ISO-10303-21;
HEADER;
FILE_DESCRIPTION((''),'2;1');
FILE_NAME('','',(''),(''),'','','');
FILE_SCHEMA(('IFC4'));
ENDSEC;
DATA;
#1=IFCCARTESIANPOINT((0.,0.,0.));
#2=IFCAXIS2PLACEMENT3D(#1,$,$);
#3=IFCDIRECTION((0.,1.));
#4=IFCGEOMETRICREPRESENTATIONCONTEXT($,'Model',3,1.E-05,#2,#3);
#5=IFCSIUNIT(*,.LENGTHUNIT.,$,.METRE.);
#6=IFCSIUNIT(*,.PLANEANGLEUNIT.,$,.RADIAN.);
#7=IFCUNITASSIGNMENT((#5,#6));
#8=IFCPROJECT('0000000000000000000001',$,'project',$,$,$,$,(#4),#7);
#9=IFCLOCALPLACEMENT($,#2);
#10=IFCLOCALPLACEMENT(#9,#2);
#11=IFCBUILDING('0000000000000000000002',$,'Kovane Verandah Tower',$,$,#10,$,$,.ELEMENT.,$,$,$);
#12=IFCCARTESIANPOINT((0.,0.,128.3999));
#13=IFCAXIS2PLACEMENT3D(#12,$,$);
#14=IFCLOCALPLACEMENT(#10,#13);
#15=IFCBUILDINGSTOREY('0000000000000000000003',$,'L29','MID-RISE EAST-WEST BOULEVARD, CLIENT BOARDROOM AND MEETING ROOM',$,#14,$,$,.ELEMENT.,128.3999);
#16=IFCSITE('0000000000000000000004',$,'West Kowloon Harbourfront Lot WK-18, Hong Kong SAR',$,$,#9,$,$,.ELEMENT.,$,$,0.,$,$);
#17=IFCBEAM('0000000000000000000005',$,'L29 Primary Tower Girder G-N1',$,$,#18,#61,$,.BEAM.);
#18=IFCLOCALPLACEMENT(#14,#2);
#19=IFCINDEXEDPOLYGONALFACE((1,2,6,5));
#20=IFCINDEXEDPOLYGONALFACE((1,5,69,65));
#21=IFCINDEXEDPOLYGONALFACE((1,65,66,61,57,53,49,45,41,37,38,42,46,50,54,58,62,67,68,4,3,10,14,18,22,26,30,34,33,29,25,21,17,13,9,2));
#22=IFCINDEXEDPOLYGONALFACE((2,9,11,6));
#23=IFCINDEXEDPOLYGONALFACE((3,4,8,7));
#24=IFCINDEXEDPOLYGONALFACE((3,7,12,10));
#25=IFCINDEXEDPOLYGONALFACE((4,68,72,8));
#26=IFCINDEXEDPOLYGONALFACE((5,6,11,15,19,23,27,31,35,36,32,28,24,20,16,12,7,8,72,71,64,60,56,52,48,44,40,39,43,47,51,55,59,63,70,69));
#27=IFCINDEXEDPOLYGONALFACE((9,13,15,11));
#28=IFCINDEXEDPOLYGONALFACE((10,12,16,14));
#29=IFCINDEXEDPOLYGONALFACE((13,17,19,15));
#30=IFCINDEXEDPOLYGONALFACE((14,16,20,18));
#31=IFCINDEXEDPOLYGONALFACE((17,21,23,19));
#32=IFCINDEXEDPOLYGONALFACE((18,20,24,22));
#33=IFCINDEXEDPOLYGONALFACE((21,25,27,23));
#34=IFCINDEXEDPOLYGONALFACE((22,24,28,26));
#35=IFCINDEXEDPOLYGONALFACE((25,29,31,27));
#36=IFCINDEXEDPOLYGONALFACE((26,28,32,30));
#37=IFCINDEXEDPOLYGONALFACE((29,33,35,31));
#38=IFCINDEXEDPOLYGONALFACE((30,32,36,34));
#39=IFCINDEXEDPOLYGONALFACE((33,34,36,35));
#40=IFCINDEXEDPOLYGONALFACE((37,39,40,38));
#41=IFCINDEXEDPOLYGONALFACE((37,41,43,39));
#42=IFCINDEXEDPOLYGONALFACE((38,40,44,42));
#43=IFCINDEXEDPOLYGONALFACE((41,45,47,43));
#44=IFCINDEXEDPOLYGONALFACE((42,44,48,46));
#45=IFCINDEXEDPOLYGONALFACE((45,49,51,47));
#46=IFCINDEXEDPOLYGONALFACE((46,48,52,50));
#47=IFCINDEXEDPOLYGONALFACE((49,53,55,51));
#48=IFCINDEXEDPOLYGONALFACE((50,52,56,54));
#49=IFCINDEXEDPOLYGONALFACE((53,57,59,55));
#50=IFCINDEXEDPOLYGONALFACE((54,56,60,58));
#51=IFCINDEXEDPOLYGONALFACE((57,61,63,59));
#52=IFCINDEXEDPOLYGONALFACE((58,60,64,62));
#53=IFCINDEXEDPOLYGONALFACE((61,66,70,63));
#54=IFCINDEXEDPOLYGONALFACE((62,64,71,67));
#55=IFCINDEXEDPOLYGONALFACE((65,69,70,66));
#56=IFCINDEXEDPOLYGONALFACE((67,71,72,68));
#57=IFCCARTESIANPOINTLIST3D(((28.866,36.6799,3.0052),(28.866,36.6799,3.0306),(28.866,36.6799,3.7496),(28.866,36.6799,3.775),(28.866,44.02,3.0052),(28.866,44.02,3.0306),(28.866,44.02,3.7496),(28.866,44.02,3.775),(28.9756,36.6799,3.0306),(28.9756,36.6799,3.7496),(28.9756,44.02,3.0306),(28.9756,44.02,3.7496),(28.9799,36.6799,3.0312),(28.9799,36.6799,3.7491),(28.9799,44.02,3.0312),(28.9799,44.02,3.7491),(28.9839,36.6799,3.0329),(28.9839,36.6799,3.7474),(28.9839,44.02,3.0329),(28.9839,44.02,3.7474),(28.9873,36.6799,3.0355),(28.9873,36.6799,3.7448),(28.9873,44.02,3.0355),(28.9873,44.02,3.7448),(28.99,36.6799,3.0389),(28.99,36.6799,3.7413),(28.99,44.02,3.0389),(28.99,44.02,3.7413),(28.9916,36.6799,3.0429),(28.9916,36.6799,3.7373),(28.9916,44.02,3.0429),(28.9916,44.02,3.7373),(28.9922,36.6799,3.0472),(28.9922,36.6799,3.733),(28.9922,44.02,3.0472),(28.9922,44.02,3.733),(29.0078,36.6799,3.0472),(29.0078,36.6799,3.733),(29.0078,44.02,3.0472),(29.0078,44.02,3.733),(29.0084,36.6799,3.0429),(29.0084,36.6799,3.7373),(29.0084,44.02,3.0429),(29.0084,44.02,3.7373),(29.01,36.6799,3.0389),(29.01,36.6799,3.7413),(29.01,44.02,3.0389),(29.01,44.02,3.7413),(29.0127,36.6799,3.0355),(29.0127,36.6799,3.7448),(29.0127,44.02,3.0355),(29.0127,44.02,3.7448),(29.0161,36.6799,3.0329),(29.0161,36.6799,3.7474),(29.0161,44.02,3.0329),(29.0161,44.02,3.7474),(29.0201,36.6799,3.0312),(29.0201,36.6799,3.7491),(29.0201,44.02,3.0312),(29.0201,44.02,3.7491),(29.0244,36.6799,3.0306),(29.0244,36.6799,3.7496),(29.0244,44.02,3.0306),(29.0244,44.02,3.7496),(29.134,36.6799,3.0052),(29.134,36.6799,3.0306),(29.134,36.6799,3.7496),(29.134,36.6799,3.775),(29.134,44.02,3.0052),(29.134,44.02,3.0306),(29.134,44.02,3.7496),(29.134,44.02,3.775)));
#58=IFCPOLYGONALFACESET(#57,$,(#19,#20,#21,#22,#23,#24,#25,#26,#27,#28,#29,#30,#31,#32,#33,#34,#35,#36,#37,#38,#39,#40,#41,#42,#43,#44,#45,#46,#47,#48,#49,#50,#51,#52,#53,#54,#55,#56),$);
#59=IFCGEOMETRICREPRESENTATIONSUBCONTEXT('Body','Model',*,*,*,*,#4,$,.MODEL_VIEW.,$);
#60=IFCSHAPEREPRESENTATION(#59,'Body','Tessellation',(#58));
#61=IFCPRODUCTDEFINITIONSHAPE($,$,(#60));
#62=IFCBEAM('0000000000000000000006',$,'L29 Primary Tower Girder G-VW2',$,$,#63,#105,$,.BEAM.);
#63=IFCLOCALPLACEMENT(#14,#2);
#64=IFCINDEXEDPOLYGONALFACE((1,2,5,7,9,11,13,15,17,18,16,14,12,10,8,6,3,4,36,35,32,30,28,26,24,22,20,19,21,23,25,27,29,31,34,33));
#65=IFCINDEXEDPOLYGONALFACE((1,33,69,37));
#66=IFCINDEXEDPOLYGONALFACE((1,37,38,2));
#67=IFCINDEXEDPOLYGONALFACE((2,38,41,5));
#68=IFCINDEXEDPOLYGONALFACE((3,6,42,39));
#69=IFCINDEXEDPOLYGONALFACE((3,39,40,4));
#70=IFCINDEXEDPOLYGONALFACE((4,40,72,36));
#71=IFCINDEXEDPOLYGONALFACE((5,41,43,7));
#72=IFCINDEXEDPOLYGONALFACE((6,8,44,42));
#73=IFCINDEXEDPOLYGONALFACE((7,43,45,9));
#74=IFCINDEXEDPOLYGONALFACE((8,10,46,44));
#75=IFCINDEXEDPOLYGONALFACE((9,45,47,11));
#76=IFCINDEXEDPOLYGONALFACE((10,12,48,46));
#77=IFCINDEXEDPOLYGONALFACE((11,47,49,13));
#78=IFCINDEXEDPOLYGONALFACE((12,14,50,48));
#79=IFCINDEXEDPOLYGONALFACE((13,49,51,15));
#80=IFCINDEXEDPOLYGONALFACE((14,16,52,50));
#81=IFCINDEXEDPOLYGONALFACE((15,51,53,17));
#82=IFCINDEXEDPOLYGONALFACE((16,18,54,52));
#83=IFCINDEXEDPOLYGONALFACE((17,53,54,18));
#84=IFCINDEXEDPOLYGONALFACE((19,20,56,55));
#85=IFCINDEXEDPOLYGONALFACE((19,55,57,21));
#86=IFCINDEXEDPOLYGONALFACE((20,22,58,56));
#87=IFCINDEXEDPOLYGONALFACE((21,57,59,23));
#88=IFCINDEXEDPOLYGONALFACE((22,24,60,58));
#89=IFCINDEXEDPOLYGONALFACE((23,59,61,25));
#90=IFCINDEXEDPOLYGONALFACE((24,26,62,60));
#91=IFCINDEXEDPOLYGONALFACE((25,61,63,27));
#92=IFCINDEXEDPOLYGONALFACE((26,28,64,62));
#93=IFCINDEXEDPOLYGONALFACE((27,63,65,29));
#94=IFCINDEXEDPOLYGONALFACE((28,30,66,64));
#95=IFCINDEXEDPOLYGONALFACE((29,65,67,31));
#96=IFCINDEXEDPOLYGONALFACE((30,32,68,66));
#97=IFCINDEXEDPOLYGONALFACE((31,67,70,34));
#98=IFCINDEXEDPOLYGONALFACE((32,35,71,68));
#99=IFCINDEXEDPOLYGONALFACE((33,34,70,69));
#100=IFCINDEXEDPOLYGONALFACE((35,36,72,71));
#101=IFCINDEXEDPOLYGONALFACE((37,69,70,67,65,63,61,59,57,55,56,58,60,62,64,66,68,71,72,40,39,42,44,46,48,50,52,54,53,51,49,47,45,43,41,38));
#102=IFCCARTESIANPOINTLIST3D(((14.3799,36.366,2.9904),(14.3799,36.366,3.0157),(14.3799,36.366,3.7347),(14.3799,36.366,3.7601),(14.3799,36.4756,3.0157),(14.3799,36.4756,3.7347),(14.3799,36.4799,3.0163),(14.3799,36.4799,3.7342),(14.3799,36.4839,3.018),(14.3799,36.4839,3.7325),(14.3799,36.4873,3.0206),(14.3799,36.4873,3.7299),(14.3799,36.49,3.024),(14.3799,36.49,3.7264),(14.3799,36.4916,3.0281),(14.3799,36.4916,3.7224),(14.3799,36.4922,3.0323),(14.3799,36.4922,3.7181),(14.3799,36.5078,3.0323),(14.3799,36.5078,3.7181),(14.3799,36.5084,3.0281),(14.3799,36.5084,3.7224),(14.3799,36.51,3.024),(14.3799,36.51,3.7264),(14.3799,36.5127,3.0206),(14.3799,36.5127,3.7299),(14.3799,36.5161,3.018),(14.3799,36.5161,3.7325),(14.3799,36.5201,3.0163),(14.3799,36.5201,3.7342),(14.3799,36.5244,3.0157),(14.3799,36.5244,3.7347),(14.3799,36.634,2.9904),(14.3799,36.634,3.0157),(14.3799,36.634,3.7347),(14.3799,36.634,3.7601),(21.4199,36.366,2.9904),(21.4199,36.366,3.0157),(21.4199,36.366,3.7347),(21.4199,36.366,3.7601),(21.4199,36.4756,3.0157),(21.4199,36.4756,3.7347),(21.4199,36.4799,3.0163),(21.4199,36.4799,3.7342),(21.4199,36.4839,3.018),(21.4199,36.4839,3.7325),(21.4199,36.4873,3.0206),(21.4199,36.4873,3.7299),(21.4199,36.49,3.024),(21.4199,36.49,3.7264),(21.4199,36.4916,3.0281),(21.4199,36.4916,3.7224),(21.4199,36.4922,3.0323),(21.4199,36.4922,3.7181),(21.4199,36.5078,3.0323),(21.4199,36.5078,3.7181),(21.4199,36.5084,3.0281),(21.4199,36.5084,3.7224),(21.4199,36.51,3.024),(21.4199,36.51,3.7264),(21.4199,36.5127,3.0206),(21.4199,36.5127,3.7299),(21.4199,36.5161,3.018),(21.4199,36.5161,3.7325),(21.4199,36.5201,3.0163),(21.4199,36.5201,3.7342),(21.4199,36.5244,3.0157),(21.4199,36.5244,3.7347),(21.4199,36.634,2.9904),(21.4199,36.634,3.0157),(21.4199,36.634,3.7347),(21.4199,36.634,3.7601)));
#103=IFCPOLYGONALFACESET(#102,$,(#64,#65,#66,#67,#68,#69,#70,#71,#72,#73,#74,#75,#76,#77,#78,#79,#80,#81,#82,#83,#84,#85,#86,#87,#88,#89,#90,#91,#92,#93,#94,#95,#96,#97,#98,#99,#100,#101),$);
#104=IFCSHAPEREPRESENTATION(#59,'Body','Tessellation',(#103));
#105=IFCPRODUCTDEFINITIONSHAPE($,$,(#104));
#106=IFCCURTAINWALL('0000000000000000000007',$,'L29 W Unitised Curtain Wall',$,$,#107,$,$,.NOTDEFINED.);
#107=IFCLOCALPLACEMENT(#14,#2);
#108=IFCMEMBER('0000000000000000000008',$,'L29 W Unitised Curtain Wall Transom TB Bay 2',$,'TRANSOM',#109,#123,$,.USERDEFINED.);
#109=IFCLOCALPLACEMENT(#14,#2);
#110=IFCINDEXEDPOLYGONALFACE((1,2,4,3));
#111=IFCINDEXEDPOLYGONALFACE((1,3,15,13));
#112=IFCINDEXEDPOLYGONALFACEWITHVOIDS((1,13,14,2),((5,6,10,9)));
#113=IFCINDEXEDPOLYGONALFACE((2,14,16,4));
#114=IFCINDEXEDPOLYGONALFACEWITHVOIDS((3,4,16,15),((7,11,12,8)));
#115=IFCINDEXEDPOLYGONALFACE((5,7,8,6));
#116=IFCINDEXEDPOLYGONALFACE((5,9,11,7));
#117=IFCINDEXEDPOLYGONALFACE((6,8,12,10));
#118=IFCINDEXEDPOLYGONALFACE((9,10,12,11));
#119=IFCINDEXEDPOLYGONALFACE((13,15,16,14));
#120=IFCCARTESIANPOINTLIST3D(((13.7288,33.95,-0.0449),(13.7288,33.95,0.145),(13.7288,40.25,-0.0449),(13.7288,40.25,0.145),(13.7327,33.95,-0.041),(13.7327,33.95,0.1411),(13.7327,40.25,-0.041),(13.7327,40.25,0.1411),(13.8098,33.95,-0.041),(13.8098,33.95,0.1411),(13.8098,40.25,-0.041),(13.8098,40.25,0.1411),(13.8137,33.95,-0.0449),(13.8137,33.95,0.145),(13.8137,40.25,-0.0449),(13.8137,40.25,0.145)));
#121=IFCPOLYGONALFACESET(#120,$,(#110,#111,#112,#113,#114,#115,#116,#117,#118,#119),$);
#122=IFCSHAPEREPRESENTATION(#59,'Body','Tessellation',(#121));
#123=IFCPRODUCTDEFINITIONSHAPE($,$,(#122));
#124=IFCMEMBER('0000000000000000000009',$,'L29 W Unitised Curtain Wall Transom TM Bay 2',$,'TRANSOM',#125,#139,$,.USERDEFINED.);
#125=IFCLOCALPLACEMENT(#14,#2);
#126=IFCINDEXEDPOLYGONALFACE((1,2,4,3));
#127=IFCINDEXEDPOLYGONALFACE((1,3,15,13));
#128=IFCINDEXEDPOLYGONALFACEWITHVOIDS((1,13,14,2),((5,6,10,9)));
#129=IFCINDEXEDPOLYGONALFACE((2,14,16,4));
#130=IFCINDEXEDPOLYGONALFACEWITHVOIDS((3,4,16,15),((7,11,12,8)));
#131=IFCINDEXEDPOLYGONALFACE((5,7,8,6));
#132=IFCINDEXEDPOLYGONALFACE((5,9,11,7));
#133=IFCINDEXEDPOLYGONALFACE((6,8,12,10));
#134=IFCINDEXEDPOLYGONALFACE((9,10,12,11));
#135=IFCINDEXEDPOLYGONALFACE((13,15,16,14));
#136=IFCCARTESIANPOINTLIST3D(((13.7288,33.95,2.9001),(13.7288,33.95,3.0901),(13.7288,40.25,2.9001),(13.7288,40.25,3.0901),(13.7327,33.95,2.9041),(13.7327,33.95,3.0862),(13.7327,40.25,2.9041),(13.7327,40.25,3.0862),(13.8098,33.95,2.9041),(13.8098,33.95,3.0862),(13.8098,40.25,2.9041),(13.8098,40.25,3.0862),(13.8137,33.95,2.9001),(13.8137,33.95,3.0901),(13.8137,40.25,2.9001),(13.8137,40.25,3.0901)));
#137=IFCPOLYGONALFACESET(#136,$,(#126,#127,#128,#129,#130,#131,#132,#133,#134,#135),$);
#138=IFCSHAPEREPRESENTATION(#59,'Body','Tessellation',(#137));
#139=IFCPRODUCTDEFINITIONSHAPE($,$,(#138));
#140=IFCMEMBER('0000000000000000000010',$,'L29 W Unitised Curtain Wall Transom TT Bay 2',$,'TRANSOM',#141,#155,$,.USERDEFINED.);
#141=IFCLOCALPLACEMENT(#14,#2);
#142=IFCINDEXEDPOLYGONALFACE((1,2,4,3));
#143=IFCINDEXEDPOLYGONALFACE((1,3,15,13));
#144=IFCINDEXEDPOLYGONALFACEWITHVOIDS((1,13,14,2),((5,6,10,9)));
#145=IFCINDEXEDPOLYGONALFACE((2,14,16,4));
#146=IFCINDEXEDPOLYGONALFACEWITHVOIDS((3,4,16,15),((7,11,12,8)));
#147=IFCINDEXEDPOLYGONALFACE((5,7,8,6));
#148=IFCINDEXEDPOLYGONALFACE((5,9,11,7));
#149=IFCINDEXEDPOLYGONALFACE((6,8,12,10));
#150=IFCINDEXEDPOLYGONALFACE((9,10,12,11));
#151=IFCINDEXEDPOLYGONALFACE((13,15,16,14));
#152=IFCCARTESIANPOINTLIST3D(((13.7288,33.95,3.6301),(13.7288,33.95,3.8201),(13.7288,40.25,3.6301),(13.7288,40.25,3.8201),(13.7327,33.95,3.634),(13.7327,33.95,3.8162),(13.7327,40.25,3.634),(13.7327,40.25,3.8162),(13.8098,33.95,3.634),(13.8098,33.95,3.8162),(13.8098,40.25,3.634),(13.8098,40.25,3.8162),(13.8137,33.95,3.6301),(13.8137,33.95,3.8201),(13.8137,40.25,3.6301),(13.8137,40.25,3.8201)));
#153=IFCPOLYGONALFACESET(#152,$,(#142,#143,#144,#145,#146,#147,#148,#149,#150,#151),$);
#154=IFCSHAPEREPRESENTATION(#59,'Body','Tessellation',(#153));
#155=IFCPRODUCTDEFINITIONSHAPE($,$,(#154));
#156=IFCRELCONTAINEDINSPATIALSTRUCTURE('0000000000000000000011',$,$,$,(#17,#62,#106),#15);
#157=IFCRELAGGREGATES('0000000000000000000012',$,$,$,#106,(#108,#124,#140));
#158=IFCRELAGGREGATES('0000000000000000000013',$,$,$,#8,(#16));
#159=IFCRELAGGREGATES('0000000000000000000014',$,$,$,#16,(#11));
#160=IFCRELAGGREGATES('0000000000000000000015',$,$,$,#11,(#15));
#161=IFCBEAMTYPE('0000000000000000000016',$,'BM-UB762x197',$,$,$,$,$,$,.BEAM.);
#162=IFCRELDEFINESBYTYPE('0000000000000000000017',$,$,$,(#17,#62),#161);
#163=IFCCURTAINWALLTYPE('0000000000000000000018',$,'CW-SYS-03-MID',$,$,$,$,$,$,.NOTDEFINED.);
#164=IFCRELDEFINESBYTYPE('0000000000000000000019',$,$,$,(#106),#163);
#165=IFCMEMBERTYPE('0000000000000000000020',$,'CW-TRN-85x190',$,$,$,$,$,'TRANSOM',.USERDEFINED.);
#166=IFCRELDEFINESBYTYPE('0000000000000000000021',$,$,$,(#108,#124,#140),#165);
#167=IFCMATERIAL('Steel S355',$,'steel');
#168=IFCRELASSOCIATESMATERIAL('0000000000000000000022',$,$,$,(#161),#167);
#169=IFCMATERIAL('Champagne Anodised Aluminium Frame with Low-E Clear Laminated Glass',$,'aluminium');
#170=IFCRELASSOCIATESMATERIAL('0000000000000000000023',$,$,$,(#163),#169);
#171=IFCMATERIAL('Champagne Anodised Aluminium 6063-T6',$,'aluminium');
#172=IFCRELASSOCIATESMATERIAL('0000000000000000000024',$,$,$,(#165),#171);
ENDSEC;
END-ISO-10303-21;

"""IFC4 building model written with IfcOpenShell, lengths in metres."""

from ifc_helpers import new_model, si_unit, direction, frame, origin, origin_2d, place, context, subcontext, project, spatial, hollow_rectangle, i_section, extrude, material, material_profile, profile_set, type_object, element, aggregate, save


model = new_model("IFC4")

# Units and contexts
model_context = context("Model", 3, precision=1e-05, world=origin(), true_north=direction((0.0, 1.0)))
body_context = subcontext(model_context, "Body", "Model", "MODEL_VIEW")
ifc_project = project(units=[si_unit("LENGTHUNIT", "METRE"), si_unit("PLANEANGLEUNIT", "RADIAN")], contexts=[model_context])

# Site, building, storey
site_placement = place(None, origin())
site = spatial("IfcSite", under=ifc_project, at=site_placement, Name="West Kowloon Harbourfront Lot WK-18, Hong Kong SAR", CompositionType="ELEMENT", RefElevation=0.0)
building_placement = place(site_placement, origin())
building = spatial("IfcBuilding", under=site, at=building_placement, Name="Kovane Verandah Tower", CompositionType="ELEMENT")
storey_placement = place(building_placement, frame((0.0, 0.0, 128.3999)))
storey = spatial("IfcBuildingStorey", under=building, at=storey_placement, Name="L29", Description="MID-RISE EAST-WEST BOULEVARD, CLIENT BOARDROOM AND MEETING ROOM", CompositionType="ELEMENT", Elevation=128.3999)

# Beams
ifc_material_1 = material(Name="Steel S355", Category="steel")
ifc_material_profile_1 = material_profile(ifc_material_1, i_section(OverallWidth=0.2681, OverallDepth=0.7698, WebThickness=0.0156, FlangeThickness=0.0254, FilletRadius=0.0166, at=origin_2d()), Name="UB762x267x197")
ifc_profile_set_1 = profile_set([ifc_material_profile_1], Name="Steel S355")
beam_type_1 = type_object("IfcBeamType", Name="BM-UB762x197", PredefinedType="BEAM", material=ifc_profile_set_1)
beam_1_placement = place(storey_placement, frame((29.0, 36.6799, 3.3901), z_axis=(0.0, 1.0, 0.0), x_axis=(-1.0, 0.0, 0.0)))
element("IfcBeam", 1, at=beam_1_placement, inside=storey, type_object=beam_type_1, Name="L29 Primary Tower Girder G-N1", PredefinedType="BEAM", context=body_context, shape_type="SweptSolid", body=[
    extrude(i_section(OverallWidth=0.2681, OverallDepth=0.7698, WebThickness=0.0156, FlangeThickness=0.0254, FilletRadius=0.0166, at=origin_2d()), origin(), (0.0, 0.0, 1.0), 7.3401),
])
beam_2_placement = place(storey_placement, frame((21.4199, 36.5, 3.3752), z_axis=(-1.0, 0.0, 0.0), x_axis=(0.0, -1.0, 0.0)))
element("IfcBeam", 2, at=beam_2_placement, inside=storey, type_object=beam_type_1, Name="L29 Primary Tower Girder G-VW2", PredefinedType="BEAM", context=body_context, shape_type="SweptSolid", body=[
    extrude(i_section(OverallWidth=0.2681, OverallDepth=0.7698, WebThickness=0.0156, FlangeThickness=0.0254, FilletRadius=0.0166, at=origin_2d()), origin(), (0.0, 0.0, 1.0), 7.04),
])

# Curtain wall, members
ifc_material_2 = material(Name="Champagne Anodised Aluminium Frame with Low-E Clear Laminated Glass", Category="aluminium")
curtain_wall_type = type_object("IfcCurtainWallType", Name="CW-SYS-03-MID", PredefinedType="NOTDEFINED", material=ifc_material_2)
curtain_wall_placement = place(storey_placement, origin())
curtain_wall = element("IfcCurtainWall", 3, at=curtain_wall_placement, inside=storey, type_object=curtain_wall_type, Name="L29 W Unitised Curtain Wall", PredefinedType="NOTDEFINED")
ifc_material_3 = material(Name="Champagne Anodised Aluminium 6063-T6", Category="aluminium")
ifc_material_profile_2 = material_profile(ifc_material_3, hollow_rectangle(XDim=0.085, YDim=0.1899, WallThickness=0.0039, at=origin_2d()), Name="AL85x190x4")
ifc_profile_set_2 = profile_set([ifc_material_profile_2], Name="Champagne Anodised Aluminium 6063-T6")
member_type = type_object("IfcMemberType", Name="CW-TRN-85x190", ElementType="TRANSOM", PredefinedType="USERDEFINED", material=ifc_profile_set_2)
member_1_placement = place(storey_placement, frame((13.7712, 40.25, 0.05), z_axis=(0.0, -1.0, 0.0), x_axis=(1.0, 0.0, 0.0)))
member_1 = element("IfcMember", 4, at=member_1_placement, type_object=member_type, Name="L29 W Unitised Curtain Wall Transom TB Bay 2", ObjectType="TRANSOM", PredefinedType="USERDEFINED", context=body_context, shape_type="SweptSolid", body=[
    extrude(hollow_rectangle(XDim=0.085, YDim=0.1899, WallThickness=0.0039, at=origin_2d()), origin(), (0.0, 0.0, 1.0), 6.3),
])
member_2_placement = place(storey_placement, frame((13.7712, 40.25, 2.9951), z_axis=(0.0, -1.0, 0.0), x_axis=(1.0, 0.0, 0.0)))
member_2 = element("IfcMember", 5, at=member_2_placement, type_object=member_type, Name="L29 W Unitised Curtain Wall Transom TM Bay 2", ObjectType="TRANSOM", PredefinedType="USERDEFINED", context=body_context, shape_type="SweptSolid", body=[
    extrude(hollow_rectangle(XDim=0.085, YDim=0.1899, WallThickness=0.0039, at=origin_2d()), origin(), (0.0, 0.0, 1.0), 6.3),
])
member_3_placement = place(storey_placement, frame((13.7712, 40.25, 3.7251), z_axis=(0.0, -1.0, 0.0), x_axis=(1.0, 0.0, 0.0)))
member_3 = element("IfcMember", 6, at=member_3_placement, type_object=member_type, Name="L29 W Unitised Curtain Wall Transom TT Bay 2", ObjectType="TRANSOM", PredefinedType="USERDEFINED", context=body_context, shape_type="SweptSolid", body=[
    extrude(hollow_rectangle(XDim=0.085, YDim=0.1899, WallThickness=0.0039, at=origin_2d()), origin(), (0.0, 0.0, 1.0), 6.3),
])

aggregate(curtain_wall, [member_1, member_2, member_3])

save(model, "model.ifc")
